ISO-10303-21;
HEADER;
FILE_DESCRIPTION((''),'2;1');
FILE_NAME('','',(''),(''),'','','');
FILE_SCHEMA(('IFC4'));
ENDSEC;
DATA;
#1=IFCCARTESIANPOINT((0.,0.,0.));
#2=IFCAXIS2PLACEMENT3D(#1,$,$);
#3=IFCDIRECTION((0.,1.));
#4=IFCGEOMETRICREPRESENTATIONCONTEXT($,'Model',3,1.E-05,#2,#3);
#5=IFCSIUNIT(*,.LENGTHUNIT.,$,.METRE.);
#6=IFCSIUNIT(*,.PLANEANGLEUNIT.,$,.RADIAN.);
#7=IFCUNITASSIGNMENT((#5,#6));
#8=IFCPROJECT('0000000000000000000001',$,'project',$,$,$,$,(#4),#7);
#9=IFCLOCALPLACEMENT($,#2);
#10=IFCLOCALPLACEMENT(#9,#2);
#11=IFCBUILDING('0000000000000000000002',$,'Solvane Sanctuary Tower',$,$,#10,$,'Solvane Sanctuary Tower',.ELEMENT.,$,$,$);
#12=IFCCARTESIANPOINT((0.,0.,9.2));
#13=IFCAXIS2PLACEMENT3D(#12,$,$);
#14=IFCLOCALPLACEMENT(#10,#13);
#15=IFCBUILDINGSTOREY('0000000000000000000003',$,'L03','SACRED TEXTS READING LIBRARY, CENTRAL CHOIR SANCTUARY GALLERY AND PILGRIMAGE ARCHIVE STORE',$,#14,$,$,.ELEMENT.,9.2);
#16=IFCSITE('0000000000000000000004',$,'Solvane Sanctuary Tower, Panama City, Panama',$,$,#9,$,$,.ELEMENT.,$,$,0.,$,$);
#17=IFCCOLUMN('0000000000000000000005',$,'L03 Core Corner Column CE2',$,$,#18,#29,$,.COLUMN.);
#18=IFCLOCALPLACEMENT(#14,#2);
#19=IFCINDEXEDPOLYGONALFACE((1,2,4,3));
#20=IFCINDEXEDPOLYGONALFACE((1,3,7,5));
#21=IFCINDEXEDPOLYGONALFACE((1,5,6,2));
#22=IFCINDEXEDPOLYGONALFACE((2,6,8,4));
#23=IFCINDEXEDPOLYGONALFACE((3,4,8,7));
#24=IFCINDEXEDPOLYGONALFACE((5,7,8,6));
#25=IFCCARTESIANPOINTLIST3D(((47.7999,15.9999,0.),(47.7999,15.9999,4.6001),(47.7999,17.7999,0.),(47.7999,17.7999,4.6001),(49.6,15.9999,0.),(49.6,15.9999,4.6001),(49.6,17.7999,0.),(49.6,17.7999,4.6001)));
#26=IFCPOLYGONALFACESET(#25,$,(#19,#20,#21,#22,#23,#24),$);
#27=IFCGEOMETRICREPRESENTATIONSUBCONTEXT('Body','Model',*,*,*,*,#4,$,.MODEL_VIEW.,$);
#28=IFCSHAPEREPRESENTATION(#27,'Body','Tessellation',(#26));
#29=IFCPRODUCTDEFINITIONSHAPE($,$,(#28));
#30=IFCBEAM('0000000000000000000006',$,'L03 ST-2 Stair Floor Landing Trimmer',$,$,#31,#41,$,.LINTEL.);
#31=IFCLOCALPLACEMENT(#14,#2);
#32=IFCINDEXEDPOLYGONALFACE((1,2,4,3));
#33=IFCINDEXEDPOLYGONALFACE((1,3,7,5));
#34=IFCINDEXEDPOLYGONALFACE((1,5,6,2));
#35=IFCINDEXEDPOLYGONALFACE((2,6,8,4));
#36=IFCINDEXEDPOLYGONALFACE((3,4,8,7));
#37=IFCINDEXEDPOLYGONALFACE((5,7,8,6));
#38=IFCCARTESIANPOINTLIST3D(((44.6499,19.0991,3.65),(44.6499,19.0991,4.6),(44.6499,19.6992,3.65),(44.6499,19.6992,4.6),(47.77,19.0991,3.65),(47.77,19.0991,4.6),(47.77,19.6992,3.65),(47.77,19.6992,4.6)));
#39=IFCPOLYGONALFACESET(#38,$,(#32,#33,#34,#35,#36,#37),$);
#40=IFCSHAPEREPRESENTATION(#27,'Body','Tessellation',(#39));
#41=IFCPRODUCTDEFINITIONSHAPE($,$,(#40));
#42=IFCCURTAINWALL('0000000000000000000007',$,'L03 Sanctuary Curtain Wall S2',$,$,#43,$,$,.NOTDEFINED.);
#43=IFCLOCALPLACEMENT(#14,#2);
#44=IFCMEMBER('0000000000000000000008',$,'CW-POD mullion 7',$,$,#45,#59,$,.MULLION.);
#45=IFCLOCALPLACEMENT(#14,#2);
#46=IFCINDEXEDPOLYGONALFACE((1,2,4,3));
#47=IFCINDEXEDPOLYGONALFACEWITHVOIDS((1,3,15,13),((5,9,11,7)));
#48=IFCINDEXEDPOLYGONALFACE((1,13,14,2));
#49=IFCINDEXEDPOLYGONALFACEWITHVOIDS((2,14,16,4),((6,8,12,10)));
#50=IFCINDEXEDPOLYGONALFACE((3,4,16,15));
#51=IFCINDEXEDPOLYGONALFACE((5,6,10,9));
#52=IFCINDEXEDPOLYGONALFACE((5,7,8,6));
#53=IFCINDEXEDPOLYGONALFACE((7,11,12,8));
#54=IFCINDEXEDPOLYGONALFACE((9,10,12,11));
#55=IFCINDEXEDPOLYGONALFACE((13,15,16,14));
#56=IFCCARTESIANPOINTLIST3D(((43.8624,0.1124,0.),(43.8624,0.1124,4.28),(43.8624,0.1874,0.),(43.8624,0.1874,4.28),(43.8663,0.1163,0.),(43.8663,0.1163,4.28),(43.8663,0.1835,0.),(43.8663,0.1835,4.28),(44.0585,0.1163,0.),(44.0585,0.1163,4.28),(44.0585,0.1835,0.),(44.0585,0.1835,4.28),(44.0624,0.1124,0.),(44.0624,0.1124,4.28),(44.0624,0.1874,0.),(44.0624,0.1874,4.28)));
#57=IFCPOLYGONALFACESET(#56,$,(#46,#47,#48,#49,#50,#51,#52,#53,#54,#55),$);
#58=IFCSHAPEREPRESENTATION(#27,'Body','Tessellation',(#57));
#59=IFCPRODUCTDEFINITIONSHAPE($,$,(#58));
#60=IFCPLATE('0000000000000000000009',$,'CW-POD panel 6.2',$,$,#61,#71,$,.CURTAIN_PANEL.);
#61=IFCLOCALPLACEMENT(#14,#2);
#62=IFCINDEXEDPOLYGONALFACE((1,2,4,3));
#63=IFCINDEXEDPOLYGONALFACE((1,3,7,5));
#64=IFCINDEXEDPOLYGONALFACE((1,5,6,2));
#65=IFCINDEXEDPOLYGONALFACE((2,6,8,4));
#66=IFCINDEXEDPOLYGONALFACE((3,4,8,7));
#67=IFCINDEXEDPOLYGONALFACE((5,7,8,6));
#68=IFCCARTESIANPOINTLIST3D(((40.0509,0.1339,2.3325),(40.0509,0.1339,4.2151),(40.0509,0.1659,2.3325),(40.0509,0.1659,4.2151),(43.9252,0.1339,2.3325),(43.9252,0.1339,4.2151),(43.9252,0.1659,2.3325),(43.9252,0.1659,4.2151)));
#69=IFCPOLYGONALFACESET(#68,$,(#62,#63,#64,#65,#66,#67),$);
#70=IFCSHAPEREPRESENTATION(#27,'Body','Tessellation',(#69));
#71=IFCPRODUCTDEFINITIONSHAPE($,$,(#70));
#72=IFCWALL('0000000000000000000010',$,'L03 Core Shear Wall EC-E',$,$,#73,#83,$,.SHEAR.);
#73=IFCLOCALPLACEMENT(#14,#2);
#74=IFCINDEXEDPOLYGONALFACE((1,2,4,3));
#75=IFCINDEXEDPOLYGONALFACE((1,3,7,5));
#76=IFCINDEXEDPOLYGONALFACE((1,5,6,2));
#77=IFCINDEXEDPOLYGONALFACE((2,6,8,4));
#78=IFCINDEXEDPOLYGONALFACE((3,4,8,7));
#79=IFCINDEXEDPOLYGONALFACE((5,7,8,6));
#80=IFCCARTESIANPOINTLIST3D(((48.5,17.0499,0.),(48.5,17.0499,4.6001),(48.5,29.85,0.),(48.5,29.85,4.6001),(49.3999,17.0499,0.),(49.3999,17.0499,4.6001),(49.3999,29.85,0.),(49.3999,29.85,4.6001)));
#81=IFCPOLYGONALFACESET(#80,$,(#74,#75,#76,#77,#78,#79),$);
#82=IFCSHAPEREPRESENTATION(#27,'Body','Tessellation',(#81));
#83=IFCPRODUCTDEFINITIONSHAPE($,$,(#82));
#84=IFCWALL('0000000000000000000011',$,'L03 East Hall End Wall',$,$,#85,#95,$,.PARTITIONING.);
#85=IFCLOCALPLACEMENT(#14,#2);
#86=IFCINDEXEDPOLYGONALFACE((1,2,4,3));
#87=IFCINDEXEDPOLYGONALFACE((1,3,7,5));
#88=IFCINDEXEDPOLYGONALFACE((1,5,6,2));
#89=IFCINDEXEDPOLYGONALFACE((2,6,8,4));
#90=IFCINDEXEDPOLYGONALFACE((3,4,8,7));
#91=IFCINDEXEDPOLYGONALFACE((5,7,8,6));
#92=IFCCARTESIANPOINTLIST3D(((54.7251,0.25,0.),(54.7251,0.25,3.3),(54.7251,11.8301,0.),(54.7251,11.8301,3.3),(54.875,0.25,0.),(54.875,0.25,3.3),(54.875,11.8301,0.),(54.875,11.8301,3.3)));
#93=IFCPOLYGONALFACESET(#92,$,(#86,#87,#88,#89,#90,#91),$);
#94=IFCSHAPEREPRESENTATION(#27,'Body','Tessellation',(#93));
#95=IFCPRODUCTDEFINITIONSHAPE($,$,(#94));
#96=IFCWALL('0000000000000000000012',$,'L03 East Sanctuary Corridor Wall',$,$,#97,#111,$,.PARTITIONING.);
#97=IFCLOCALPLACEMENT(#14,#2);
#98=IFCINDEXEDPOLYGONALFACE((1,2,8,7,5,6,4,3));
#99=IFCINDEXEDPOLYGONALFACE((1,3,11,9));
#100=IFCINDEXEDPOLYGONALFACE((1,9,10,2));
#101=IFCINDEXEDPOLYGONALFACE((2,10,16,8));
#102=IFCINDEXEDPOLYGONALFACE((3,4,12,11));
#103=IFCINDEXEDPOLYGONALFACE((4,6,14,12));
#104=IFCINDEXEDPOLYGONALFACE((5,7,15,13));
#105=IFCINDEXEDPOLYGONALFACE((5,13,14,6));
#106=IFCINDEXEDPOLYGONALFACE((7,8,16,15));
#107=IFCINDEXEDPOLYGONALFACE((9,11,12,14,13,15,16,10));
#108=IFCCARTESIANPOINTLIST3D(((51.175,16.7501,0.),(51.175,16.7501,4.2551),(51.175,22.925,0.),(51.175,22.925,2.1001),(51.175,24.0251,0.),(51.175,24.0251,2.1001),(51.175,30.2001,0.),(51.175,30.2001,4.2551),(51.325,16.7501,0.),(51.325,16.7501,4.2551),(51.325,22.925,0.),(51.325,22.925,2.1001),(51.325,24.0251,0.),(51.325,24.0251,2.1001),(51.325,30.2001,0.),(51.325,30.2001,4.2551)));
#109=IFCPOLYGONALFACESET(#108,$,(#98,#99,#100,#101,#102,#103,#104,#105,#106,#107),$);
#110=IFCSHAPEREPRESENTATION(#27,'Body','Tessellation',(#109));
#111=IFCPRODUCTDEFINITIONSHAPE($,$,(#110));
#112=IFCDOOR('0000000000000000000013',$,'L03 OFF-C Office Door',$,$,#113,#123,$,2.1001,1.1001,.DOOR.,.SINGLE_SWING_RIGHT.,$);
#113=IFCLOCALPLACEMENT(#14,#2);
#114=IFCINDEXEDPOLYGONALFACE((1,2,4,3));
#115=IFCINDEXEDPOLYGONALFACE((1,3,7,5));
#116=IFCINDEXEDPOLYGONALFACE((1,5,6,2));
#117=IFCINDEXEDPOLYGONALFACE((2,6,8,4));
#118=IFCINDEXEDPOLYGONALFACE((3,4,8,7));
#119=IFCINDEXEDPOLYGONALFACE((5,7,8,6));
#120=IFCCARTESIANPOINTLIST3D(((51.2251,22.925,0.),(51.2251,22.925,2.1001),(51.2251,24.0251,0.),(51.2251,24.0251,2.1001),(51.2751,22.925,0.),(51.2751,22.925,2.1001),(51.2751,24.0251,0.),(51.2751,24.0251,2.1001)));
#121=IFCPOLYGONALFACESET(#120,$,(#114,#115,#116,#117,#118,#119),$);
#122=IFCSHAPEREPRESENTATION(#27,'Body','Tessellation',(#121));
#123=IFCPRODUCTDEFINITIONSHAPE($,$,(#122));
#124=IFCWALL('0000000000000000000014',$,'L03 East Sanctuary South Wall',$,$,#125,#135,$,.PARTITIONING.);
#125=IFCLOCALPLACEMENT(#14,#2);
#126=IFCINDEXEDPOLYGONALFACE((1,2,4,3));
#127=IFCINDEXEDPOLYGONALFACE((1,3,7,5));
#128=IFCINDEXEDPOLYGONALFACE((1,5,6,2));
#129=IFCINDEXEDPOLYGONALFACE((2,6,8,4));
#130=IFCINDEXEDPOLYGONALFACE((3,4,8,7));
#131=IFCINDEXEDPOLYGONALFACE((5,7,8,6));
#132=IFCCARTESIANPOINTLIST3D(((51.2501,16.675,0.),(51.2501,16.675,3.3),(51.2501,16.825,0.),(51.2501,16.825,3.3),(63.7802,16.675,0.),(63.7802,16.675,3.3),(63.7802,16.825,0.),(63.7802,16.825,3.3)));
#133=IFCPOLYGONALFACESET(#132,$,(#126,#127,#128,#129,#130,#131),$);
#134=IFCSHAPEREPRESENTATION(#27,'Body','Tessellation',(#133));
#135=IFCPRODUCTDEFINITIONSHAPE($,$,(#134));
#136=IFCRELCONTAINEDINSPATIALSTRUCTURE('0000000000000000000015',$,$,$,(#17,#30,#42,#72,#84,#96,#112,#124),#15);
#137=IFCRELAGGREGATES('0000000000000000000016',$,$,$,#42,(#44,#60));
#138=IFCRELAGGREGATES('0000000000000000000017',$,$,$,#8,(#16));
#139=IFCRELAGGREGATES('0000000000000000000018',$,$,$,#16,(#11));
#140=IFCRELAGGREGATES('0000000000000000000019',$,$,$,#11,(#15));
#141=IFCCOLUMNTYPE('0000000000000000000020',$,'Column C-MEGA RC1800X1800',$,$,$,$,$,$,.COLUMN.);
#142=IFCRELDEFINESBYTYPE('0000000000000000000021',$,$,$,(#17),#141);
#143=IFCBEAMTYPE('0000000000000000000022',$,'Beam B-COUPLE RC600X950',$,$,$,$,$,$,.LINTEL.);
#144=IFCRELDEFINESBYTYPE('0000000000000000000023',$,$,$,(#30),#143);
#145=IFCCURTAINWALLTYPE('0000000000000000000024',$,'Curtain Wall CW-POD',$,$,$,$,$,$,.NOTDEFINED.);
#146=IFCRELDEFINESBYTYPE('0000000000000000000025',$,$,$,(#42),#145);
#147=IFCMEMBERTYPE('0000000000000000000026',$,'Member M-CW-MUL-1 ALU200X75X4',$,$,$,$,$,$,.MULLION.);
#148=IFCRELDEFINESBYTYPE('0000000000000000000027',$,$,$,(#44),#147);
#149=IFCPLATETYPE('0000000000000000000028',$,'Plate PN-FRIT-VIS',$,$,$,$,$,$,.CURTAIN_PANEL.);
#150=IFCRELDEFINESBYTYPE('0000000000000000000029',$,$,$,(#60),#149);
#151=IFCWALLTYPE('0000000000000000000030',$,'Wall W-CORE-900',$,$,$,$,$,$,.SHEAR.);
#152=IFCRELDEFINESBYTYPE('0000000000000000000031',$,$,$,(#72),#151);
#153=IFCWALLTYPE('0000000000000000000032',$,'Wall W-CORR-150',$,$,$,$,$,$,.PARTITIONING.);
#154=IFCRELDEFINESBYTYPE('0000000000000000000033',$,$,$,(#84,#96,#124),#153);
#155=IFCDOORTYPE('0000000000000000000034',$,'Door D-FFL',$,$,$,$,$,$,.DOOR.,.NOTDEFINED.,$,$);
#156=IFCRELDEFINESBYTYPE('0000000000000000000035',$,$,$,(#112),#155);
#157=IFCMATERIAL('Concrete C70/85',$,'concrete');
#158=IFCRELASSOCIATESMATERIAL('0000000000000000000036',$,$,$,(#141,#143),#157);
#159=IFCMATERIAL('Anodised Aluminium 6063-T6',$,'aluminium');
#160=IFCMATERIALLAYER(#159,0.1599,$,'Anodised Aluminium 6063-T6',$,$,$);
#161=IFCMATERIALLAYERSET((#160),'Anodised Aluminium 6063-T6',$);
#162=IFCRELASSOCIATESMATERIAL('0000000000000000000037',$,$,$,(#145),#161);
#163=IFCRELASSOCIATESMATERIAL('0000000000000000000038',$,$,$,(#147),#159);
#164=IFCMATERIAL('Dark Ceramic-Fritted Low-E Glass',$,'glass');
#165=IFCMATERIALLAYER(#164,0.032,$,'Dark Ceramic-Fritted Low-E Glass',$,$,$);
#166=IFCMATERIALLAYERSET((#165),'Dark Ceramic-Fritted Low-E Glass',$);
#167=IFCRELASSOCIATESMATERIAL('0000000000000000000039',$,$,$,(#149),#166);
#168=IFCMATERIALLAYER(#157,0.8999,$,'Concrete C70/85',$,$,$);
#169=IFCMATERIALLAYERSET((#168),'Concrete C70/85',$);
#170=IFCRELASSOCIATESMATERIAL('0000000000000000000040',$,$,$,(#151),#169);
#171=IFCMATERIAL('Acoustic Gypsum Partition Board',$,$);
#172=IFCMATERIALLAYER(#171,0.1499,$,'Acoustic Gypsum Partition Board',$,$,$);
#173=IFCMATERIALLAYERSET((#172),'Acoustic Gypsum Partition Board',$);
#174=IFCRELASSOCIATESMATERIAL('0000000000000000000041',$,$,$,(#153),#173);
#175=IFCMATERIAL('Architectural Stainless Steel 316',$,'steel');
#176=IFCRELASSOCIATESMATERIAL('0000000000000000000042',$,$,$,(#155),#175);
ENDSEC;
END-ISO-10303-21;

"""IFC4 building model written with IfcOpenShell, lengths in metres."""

from ifc_helpers import new_model, si_unit, direction, frame, frame_2d, origin, origin_2d, place, context, subcontext, project, spatial, rectangle, hollow_rectangle, extrude, material, layer, layer_set, material_profile, profile_set, type_object, element, fill, aggregate, save


model = new_model("IFC4")

# Units and contexts
model_context = context("Model", 3, precision=1e-05, world=origin(), true_north=direction((0.0, 1.0)))
body_context = subcontext(model_context, "Body", "Model", "MODEL_VIEW")
ifc_project = project(units=[si_unit("LENGTHUNIT", "METRE"), si_unit("PLANEANGLEUNIT", "RADIAN")], contexts=[model_context])

# Site, building, storey
site_placement = place(None, origin())
site = spatial("IfcSite", under=ifc_project, at=site_placement, Name="Solvane Sanctuary Tower, Panama City, Panama", CompositionType="ELEMENT", RefElevation=0.0)
building_placement = place(site_placement, origin())
building = spatial("IfcBuilding", under=site, at=building_placement, Name="Solvane Sanctuary Tower", LongName="Solvane Sanctuary Tower", CompositionType="ELEMENT")
storey_placement = place(building_placement, frame((0.0, 0.0, 9.2)))
storey = spatial("IfcBuildingStorey", under=building, at=storey_placement, Name="L03", Description="SACRED TEXTS READING LIBRARY, CENTRAL CHOIR SANCTUARY GALLERY AND PILGRIMAGE ARCHIVE STORE", CompositionType="ELEMENT", Elevation=9.2)

# Column
ifc_material_1 = material(Name="Concrete C70/85", Category="concrete")
ifc_material_profile_1 = material_profile(ifc_material_1, rectangle(XDim=1.8, YDim=1.8, at=origin_2d()), Name="RC1800X1800")
ifc_profile_set_1 = profile_set([ifc_material_profile_1], Name="Concrete C70/85")
column_type = type_object("IfcColumnType", Name="Column C-MEGA RC1800X1800", PredefinedType="COLUMN", material=ifc_profile_set_1)
column_placement = place(storey_placement, frame((48.7, 16.8999, 0.0), z_axis=(0.0, 0.0, 1.0), x_axis=(1.0, 0.0, 0.0)))
element("IfcColumn", 1, at=column_placement, inside=storey, type_object=column_type, Name="L03 Core Corner Column CE2", PredefinedType="COLUMN", context=body_context, shape_type="SweptSolid", body=[
    extrude(rectangle(XDim=1.8, YDim=1.8, at=origin_2d()), origin(), (0.0, 0.0, 1.0), 4.6001),
])

# Beam
ifc_material_profile_2 = material_profile(ifc_material_1, rectangle(XDim=0.6001, YDim=0.95, at=origin_2d()), Name="RC600X950")
ifc_profile_set_2 = profile_set([ifc_material_profile_2], Name="Concrete C70/85")
beam_type = type_object("IfcBeamType", Name="Beam B-COUPLE RC600X950", PredefinedType="LINTEL", material=ifc_profile_set_2)
beam_placement = place(storey_placement, frame((44.6499, 19.3992, 4.125), z_axis=(1.0, 0.0, 0.0), x_axis=(0.0, 1.0, 0.0)))
element("IfcBeam", 2, at=beam_placement, inside=storey, type_object=beam_type, Name="L03 ST-2 Stair Floor Landing Trimmer", PredefinedType="LINTEL", context=body_context, shape_type="SweptSolid", body=[
    extrude(rectangle(XDim=0.6001, YDim=0.95, at=origin_2d()), origin(), (0.0, 0.0, 1.0), 3.1201),
])

# Curtain wall, member, plate
ifc_material_2 = material(Name="Anodised Aluminium 6063-T6", Category="aluminium")
ifc_layer_1 = layer(ifc_material_2, 0.1599, Name="Anodised Aluminium 6063-T6")
ifc_layer_set_1 = layer_set([ifc_layer_1], Name="Anodised Aluminium 6063-T6")
curtain_wall_type = type_object("IfcCurtainWallType", Name="Curtain Wall CW-POD", PredefinedType="NOTDEFINED", material=ifc_layer_set_1)
curtain_wall_placement = place(storey_placement, origin())
curtain_wall = element("IfcCurtainWall", 3, at=curtain_wall_placement, inside=storey, type_object=curtain_wall_type, Name="L03 Sanctuary Curtain Wall S2", PredefinedType="NOTDEFINED")
ifc_material_profile_3 = material_profile(ifc_material_2, hollow_rectangle(XDim=0.075, YDim=0.2, WallThickness=0.0039, at=origin_2d()), Name="ALU200X75X4")
ifc_profile_set_3 = profile_set([ifc_material_profile_3], Name="Anodised Aluminium 6063-T6")
member_type = type_object("IfcMemberType", Name="Member M-CW-MUL-1 ALU200X75X4", PredefinedType="MULLION", material=ifc_profile_set_3)
member_placement = place(storey_placement, frame((43.9624, 0.1499, 0.0), z_axis=(0.0, 0.0, 1.0), x_axis=(0.0, 1.0, 0.0)))
member = element("IfcMember", 4, at=member_placement, type_object=member_type, Name="CW-POD mullion 7", PredefinedType="MULLION", context=body_context, shape_type="SweptSolid", body=[
    extrude(hollow_rectangle(XDim=0.075, YDim=0.2, WallThickness=0.0039, at=origin_2d()), origin(), (0.0, 0.0, 1.0), 4.28),
])
ifc_material_3 = material(Name="Dark Ceramic-Fritted Low-E Glass", Category="glass")
ifc_layer_2 = layer(ifc_material_3, 0.032, Name="Dark Ceramic-Fritted Low-E Glass")
ifc_layer_set_2 = layer_set([ifc_layer_2], Name="Dark Ceramic-Fritted Low-E Glass")
plate_type = type_object("IfcPlateType", Name="Plate PN-FRIT-VIS", PredefinedType="CURTAIN_PANEL", material=ifc_layer_set_2)
plate_placement = place(storey_placement, frame((41.988, 0.1499, 2.3325), z_axis=(0.0, 0.0, 1.0), x_axis=(1.0, 0.0, 0.0)))
plate = element("IfcPlate", 5, at=plate_placement, type_object=plate_type, Name="CW-POD panel 6.2", PredefinedType="CURTAIN_PANEL", context=body_context, shape_type="SweptSolid", body=[
    extrude(rectangle(XDim=3.8743, YDim=0.032, at=origin_2d()), origin(), (0.0, 0.0, 1.0), 1.8826),
])
aggregate(curtain_wall, [member, plate])

# Walls
ifc_layer_3 = layer(ifc_material_1, 0.8999, Name="Concrete C70/85")
ifc_layer_set_3 = layer_set([ifc_layer_3], Name="Concrete C70/85")
wall_type_1 = type_object("IfcWallType", Name="Wall W-CORE-900", PredefinedType="SHEAR", material=ifc_layer_set_3)
wall_1_placement = place(storey_placement, frame((48.95, 17.05, 0.0), z_axis=(0.0, 0.0, 1.0), x_axis=(0.0, 1.0, 0.0)))
element("IfcWall", 6, at=wall_1_placement, inside=storey, type_object=wall_type_1, Name="L03 Core Shear Wall EC-E", PredefinedType="SHEAR", context=body_context, shape_type="SweptSolid", body=[
    extrude(rectangle(XDim=12.8, YDim=0.8999, at=frame_2d((6.3999, 0.0))), origin(), (0.0, 0.0, 1.0), 4.6001),
])
ifc_material_4 = material(Name="Acoustic Gypsum Partition Board")
ifc_layer_4 = layer(ifc_material_4, 0.1499, Name="Acoustic Gypsum Partition Board")
ifc_layer_set_4 = layer_set([ifc_layer_4], Name="Acoustic Gypsum Partition Board")
wall_type_2 = type_object("IfcWallType", Name="Wall W-CORR-150", PredefinedType="PARTITIONING", material=ifc_layer_set_4)
wall_2_placement = place(storey_placement, frame((54.8, 0.25, 0.0), z_axis=(0.0, 0.0, 1.0), x_axis=(0.0, 1.0, 0.0)))
element("IfcWall", 7, at=wall_2_placement, inside=storey, type_object=wall_type_2, Name="L03 East Hall End Wall", PredefinedType="PARTITIONING", context=body_context, shape_type="SweptSolid", body=[
    extrude(rectangle(XDim=11.5801, YDim=0.1499, at=frame_2d((5.79, 0.0))), origin(), (0.0, 0.0, 1.0), 3.3),
])

# Wall, opening, door
wall_3_placement = place(storey_placement, frame((51.25, 16.75, 0.0), z_axis=(0.0, 0.0, 1.0), x_axis=(0.0, 1.0, 0.0)))
wall_3 = element("IfcWall", 8, at=wall_3_placement, inside=storey, type_object=wall_type_2, Name="L03 East Sanctuary Corridor Wall", PredefinedType="PARTITIONING", context=body_context, shape_type="SweptSolid", body=[
    extrude(rectangle(XDim=13.45, YDim=0.1499, at=frame_2d((6.7251, 0.0))), origin(), (0.0, 0.0, 1.0), 4.2551),
])
opening_1_placement = place(wall_3_placement, frame((6.175, 0.0, 0.0)))
opening_1 = element("IfcOpeningElement", 9, at=opening_1_placement, cuts=wall_3, PredefinedType="OPENING", context=body_context, shape_type="SweptSolid", body=[
    extrude(rectangle(XDim=1.1001, YDim=2.1001, at=frame_2d((0.55, 1.05))), frame((0.0, 0.085, 0.0), z_axis=(0.0, -1.0, 0.0), x_axis=(1.0, 0.0, 0.0)), (0.0, 0.0, 1.0), 0.1699),
])
ifc_material_5 = material(Name="Architectural Stainless Steel 316", Category="steel")
door_type_1 = type_object("IfcDoorType", Name="Door D-FFL", OperationType="NOTDEFINED", PredefinedType="DOOR", material=ifc_material_5)
door_1_placement = place(opening_1_placement, origin())
door_1 = element("IfcDoor", 10, at=door_1_placement, inside=storey, type_object=door_type_1, Name="L03 OFF-C Office Door", OperationType="SINGLE_SWING_RIGHT", OverallHeight=2.1001, OverallWidth=1.1001, PredefinedType="DOOR", context=body_context, shape_type="SweptSolid", body=[
    extrude(rectangle(XDim=1.1001, YDim=2.1001, at=frame_2d((0.55, 1.05))), frame((0.0, 0.0249, 0.0), z_axis=(0.0, -1.0, 0.0), x_axis=(1.0, 0.0, 0.0)), (0.0, 0.0, 1.0), 0.05),
])
fill(opening_1, door_1)

# Wall
wall_4_placement = place(storey_placement, frame((51.25, 16.75, 0.0), z_axis=(0.0, 0.0, 1.0), x_axis=(1.0, 0.0, 0.0)))
element("IfcWall", 11, at=wall_4_placement, inside=storey, type_object=wall_type_2, Name="L03 East Sanctuary South Wall", PredefinedType="PARTITIONING", context=body_context, shape_type="SweptSolid", body=[
    extrude(rectangle(XDim=12.53, YDim=0.1499, at=frame_2d((6.2651, 0.0))), origin(), (0.0, 0.0, 1.0), 3.3),
])

save(model, "model.ifc")
